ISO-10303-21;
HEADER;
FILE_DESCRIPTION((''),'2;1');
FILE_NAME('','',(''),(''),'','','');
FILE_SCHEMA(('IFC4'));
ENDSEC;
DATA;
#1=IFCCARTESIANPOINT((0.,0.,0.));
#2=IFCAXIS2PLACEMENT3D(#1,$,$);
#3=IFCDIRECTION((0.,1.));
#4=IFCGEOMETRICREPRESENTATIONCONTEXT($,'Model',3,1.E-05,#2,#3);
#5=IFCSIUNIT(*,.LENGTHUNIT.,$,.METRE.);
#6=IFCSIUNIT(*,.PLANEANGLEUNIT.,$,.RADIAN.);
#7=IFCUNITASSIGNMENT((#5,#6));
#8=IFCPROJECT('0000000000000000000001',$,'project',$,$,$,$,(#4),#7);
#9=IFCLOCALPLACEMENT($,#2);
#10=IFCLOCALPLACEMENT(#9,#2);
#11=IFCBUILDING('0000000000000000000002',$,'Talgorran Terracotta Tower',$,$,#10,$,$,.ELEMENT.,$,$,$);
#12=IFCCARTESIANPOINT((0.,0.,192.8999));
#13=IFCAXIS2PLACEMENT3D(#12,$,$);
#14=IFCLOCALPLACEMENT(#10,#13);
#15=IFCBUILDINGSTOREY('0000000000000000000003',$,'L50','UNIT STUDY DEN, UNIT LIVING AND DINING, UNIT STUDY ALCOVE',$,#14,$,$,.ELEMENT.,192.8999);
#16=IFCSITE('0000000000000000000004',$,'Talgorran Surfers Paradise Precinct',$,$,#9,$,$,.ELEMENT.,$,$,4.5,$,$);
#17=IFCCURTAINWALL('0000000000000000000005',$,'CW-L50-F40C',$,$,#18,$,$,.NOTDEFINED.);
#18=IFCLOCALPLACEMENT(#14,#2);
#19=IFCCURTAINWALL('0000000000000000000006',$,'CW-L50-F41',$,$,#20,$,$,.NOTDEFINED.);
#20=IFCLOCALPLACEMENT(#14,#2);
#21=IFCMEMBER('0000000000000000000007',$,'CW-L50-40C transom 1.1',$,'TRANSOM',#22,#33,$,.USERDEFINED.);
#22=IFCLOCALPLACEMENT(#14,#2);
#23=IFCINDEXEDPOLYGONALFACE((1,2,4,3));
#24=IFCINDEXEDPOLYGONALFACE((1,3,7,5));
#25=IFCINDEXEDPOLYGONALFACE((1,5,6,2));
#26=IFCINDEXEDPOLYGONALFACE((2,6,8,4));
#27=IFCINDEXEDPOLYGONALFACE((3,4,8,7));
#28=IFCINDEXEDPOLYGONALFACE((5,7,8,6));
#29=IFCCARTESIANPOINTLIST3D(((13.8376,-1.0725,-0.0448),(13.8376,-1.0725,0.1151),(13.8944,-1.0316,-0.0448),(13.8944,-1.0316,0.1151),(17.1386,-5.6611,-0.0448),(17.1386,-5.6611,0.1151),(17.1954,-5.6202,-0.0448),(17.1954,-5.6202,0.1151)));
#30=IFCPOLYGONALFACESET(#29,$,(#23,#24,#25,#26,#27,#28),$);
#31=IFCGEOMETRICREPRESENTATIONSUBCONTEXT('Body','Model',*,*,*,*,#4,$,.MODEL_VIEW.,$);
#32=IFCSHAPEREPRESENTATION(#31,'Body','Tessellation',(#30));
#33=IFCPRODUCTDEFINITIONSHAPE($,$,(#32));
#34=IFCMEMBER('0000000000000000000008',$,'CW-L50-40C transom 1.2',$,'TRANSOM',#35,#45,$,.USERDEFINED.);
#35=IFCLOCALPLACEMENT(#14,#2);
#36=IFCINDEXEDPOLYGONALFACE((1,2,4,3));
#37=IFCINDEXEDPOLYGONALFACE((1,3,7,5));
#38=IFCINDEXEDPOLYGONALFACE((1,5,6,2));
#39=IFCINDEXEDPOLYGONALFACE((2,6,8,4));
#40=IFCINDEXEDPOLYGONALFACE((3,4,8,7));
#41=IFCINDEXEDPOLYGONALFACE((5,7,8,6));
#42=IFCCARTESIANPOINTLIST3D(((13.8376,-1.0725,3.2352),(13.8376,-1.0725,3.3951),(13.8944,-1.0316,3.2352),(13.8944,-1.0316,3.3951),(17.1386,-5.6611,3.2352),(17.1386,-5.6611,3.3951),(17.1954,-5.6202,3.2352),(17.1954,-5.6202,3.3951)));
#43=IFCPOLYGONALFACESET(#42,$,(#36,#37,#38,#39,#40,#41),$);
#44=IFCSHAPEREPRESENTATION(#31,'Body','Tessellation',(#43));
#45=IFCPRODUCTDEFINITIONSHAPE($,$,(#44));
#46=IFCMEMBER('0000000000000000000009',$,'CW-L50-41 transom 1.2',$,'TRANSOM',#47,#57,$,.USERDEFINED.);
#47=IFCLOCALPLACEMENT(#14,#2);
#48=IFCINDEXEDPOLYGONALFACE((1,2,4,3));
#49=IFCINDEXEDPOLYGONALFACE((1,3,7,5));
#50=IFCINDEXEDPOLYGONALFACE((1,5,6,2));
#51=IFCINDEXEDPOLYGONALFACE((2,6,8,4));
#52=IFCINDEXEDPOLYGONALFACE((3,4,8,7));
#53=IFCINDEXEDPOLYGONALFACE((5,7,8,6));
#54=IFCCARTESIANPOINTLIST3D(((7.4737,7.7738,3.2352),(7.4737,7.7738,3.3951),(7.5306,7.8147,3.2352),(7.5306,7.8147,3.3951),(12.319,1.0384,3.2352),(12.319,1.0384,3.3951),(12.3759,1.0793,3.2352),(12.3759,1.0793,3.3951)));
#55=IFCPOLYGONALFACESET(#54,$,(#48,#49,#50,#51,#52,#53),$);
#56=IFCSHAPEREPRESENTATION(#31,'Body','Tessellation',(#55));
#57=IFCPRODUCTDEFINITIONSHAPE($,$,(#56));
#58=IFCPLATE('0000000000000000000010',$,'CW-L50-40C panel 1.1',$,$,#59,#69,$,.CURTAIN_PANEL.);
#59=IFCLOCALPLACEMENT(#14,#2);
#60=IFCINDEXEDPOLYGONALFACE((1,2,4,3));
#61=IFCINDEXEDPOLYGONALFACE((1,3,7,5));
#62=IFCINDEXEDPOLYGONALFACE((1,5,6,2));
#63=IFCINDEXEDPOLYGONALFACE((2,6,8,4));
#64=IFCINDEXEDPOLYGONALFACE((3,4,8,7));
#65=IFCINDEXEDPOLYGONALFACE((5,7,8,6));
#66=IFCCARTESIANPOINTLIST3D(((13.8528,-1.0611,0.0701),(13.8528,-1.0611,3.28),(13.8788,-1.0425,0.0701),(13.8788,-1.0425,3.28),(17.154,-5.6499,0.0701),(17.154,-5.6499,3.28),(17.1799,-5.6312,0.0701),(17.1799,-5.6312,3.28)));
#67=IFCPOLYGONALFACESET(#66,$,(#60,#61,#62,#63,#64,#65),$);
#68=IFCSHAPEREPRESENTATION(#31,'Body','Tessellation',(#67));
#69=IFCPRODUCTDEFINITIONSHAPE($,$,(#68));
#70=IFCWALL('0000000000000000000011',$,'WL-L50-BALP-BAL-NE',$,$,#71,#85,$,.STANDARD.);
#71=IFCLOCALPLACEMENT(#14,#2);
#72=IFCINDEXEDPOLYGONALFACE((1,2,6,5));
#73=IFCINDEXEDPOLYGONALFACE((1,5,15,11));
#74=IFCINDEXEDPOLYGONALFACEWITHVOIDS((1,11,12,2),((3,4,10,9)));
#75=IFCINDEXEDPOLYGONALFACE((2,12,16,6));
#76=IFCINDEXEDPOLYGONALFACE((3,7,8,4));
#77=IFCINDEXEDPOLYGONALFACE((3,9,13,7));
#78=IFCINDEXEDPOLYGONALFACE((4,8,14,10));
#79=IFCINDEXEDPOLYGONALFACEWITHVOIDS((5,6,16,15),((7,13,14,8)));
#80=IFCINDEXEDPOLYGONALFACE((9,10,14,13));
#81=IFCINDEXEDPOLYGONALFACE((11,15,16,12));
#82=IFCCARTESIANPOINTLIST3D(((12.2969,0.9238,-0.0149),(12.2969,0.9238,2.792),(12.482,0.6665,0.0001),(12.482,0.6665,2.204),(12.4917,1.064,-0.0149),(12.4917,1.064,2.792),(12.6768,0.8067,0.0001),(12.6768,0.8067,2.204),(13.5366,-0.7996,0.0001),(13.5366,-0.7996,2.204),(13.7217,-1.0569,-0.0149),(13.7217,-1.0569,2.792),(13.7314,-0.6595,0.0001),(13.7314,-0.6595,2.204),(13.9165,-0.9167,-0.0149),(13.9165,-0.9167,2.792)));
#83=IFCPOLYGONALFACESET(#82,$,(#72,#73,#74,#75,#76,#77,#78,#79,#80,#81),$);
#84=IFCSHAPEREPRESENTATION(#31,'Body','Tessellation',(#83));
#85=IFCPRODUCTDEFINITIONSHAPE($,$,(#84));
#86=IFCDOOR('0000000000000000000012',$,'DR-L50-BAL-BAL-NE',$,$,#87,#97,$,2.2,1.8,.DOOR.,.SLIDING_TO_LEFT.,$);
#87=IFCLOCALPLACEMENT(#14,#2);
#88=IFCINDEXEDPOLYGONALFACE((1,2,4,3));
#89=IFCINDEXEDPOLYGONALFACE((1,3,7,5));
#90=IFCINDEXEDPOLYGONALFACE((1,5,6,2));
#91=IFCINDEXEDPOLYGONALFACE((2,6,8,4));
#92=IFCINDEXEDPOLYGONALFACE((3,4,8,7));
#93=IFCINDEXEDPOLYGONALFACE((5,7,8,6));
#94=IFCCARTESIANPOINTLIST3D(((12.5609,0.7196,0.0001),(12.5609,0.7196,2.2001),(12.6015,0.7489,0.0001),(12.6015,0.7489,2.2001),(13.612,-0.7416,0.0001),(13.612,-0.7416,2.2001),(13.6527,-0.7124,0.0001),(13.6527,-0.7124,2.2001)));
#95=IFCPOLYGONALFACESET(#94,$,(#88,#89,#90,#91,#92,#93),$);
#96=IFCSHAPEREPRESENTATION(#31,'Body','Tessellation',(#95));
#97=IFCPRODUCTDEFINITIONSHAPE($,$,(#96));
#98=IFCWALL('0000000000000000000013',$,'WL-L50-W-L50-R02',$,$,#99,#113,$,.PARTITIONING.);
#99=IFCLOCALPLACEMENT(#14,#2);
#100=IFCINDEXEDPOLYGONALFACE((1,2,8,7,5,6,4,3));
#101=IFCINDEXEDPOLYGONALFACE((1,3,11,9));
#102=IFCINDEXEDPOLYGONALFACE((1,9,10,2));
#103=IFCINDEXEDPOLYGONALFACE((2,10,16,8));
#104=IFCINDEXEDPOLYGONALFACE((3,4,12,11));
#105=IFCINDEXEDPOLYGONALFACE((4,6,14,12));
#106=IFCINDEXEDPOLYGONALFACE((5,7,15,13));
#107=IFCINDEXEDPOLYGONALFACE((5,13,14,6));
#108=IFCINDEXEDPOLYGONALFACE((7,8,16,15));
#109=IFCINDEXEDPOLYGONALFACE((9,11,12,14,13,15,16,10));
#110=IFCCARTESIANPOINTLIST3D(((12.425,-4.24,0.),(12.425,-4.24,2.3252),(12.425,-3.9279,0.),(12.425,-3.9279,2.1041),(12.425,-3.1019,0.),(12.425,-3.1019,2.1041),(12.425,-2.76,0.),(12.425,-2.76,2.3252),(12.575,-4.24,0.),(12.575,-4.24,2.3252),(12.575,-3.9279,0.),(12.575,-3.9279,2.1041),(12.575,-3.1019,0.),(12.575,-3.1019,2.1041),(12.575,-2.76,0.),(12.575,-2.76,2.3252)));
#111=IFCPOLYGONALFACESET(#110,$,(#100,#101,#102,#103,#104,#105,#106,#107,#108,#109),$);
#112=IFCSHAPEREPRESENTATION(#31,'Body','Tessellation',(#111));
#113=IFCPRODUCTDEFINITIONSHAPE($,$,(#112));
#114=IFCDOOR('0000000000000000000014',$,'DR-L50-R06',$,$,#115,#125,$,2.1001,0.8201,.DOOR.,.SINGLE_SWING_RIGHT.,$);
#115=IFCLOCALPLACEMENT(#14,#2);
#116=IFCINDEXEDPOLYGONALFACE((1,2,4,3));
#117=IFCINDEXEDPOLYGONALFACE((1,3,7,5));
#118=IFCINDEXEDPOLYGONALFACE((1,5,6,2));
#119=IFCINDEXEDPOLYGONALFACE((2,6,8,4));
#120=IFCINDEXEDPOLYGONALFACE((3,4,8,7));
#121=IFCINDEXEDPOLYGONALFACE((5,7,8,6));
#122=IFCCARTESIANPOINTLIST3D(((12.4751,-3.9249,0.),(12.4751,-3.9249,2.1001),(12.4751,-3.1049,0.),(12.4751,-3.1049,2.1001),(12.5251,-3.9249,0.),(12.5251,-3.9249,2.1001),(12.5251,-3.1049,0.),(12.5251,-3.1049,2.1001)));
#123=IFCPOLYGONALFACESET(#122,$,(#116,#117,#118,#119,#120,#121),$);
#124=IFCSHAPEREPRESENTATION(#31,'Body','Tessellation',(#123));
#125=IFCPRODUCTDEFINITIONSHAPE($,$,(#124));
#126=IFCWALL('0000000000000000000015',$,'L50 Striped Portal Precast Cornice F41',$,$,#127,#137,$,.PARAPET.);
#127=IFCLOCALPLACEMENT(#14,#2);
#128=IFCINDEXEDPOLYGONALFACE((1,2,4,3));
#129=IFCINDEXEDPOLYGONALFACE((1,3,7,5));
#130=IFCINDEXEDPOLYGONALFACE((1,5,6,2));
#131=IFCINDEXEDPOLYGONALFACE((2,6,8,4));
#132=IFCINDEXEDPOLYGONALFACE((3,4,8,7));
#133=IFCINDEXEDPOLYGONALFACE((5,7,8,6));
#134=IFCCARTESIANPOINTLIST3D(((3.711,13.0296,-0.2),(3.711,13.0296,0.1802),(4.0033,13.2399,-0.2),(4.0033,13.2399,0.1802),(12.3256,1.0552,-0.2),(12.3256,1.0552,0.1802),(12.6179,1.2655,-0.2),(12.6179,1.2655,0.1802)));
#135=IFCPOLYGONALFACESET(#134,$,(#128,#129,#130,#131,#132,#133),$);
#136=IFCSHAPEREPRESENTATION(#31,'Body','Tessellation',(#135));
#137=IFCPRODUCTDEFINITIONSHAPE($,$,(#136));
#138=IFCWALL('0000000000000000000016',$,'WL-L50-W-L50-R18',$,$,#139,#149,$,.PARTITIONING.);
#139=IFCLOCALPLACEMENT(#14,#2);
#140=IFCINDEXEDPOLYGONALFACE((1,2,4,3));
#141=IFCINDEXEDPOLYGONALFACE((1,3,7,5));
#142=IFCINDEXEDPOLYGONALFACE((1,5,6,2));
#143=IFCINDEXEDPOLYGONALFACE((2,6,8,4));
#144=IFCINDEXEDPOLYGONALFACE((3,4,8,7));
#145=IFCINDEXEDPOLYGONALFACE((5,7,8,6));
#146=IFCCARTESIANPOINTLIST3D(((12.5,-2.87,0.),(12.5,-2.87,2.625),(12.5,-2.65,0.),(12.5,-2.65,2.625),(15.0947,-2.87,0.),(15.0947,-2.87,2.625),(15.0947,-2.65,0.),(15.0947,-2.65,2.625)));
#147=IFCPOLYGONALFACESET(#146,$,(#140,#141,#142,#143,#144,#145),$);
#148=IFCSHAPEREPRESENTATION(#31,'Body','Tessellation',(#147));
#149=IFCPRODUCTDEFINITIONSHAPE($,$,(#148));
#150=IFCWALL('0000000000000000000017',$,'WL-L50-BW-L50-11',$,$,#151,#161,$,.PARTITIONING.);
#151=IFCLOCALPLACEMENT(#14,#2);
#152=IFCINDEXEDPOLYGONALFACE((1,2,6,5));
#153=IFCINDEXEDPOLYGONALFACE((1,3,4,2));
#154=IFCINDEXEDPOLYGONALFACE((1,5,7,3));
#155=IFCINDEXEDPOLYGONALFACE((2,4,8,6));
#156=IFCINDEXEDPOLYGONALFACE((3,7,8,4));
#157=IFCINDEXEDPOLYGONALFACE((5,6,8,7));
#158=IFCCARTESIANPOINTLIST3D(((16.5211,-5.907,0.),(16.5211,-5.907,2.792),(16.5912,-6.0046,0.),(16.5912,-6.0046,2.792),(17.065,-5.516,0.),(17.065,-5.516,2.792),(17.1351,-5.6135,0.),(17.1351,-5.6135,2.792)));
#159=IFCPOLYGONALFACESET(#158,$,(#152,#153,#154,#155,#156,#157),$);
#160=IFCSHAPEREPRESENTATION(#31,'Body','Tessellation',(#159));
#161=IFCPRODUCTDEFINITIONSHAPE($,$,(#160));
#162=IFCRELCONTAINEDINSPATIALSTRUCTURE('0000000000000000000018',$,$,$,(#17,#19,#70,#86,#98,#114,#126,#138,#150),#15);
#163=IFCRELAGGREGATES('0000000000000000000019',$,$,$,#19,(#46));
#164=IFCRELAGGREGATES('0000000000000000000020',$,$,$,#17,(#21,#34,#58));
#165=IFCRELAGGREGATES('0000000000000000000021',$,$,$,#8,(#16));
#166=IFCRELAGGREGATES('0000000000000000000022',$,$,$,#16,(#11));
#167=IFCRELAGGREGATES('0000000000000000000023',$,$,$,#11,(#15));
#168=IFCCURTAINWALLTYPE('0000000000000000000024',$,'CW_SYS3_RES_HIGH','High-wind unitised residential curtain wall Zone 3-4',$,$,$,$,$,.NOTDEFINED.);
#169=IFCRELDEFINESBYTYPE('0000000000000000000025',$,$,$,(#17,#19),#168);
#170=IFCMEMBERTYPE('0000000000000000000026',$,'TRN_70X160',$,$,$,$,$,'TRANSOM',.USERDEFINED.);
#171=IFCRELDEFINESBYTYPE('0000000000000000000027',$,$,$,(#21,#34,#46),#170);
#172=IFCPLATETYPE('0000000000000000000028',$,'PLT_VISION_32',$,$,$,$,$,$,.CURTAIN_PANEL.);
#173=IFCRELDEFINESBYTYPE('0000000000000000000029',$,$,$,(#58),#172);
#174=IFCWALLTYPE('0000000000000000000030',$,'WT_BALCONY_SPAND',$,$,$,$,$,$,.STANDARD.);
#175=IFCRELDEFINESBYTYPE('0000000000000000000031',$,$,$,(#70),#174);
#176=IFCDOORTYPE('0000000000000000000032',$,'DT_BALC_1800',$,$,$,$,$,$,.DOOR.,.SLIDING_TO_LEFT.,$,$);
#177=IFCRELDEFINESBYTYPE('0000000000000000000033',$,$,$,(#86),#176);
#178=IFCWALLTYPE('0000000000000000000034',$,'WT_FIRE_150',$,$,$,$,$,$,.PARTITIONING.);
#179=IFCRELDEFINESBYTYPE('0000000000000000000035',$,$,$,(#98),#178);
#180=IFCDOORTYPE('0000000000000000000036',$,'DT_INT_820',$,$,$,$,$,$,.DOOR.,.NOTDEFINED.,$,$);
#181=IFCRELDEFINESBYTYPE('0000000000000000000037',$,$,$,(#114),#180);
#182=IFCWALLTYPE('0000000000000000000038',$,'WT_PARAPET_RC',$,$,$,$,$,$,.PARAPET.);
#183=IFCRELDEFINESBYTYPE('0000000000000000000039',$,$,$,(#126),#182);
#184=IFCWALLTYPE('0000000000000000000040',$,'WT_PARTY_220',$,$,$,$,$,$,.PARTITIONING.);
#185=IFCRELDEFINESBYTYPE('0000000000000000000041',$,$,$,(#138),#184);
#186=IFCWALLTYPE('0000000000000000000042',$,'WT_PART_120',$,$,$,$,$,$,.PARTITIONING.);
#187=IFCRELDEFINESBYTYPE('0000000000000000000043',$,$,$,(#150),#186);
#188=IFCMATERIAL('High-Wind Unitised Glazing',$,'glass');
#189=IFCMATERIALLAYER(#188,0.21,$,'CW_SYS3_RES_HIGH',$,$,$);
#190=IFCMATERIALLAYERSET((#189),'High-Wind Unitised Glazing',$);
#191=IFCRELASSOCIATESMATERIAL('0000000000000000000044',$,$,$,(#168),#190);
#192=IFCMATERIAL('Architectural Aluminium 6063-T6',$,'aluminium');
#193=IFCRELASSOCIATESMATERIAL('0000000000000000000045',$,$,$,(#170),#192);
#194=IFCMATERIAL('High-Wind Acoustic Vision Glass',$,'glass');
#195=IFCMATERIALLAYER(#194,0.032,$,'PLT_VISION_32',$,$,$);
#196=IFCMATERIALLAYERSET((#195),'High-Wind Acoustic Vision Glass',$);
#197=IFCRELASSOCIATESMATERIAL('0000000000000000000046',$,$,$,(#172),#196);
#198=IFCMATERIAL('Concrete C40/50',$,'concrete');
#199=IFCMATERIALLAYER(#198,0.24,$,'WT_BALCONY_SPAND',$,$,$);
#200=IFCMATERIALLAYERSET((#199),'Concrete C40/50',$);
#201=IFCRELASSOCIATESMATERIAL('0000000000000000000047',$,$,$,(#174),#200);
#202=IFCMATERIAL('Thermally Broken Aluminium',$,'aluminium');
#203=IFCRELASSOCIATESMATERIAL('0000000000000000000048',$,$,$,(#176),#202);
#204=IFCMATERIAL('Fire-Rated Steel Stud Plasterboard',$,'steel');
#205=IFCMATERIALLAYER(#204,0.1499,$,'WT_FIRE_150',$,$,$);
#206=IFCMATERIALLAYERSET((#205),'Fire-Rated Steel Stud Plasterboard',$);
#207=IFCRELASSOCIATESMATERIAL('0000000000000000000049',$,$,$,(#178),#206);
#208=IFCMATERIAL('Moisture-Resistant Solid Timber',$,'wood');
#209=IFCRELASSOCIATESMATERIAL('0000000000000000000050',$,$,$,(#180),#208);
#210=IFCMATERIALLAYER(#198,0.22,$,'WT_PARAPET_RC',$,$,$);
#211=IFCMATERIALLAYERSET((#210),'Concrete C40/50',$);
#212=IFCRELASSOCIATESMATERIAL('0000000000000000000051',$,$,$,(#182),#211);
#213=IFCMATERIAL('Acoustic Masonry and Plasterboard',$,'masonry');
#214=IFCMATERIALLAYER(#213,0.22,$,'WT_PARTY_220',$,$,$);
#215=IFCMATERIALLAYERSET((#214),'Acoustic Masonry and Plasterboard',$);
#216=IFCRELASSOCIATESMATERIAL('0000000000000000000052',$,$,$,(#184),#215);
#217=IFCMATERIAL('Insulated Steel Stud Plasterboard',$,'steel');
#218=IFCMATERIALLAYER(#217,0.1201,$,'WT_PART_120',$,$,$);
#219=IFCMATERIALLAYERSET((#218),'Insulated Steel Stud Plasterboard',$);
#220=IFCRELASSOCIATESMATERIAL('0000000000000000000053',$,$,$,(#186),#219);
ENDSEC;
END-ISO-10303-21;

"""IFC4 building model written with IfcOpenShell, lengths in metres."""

from ifc_helpers import new_model, si_unit, direction, frame, frame_2d, origin, origin_2d, place, context, subcontext, project, spatial, rectangle, extrude, source, transform, mapped, material, layer, layer_set, material_profile, profile_set, type_object, type_shapes, element, fill, aggregate, save


model = new_model("IFC4")

# Units and contexts
model_context = context("Model", 3, precision=1e-05, world=origin(), true_north=direction((0.0, 1.0)))
body_context = subcontext(model_context, "Body", "Model", "MODEL_VIEW")
ifc_project = project(units=[si_unit("LENGTHUNIT", "METRE"), si_unit("PLANEANGLEUNIT", "RADIAN")], contexts=[model_context])

# Site, building, storey
site_placement = place(None, origin())
site = spatial("IfcSite", under=ifc_project, at=site_placement, Name="Talgorran Surfers Paradise Precinct", CompositionType="ELEMENT", RefElevation=4.5)
building_placement = place(site_placement, origin())
building = spatial("IfcBuilding", under=site, at=building_placement, Name="Talgorran Terracotta Tower", CompositionType="ELEMENT")
storey_placement = place(building_placement, frame((0.0, 0.0, 192.8999)))
storey = spatial("IfcBuildingStorey", under=building, at=storey_placement, Name="L50", Description="UNIT STUDY DEN, UNIT LIVING AND DINING, UNIT STUDY ALCOVE", CompositionType="ELEMENT", Elevation=192.8999)

# Shared definitions
ifc_material_1 = material(Name="High-Wind Unitised Glazing", Category="glass")
ifc_layer_1 = layer(ifc_material_1, 0.21, Name="CW_SYS3_RES_HIGH")
ifc_layer_set_1 = layer_set([ifc_layer_1], Name="High-Wind Unitised Glazing")
curtain_wall_type = type_object("IfcCurtainWallType", Name="CW_SYS3_RES_HIGH", Description="High-wind unitised residential curtain wall Zone 3-4", PredefinedType="NOTDEFINED", material=ifc_layer_set_1)
ifc_material_2 = material(Name="Architectural Aluminium 6063-T6", Category="aluminium")

# Curtain wall
curtain_wall_1_placement = place(storey_placement, origin())
curtain_wall_1 = element("IfcCurtainWall", 1, at=curtain_wall_1_placement, inside=storey, type_object=curtain_wall_type, Name="CW-L50-F40C", PredefinedType="NOTDEFINED")

# Curtain wall
curtain_wall_2_placement = place(storey_placement, origin())
curtain_wall_2 = element("IfcCurtainWall", 2, at=curtain_wall_2_placement, inside=storey, type_object=curtain_wall_type, Name="CW-L50-F41", PredefinedType="NOTDEFINED")

# Members
ifc_material_profile_1 = material_profile(ifc_material_2, rectangle(XDim=0.0701, YDim=0.1599, at=origin_2d()), Name="CWT70X160")
ifc_profile_set_1 = profile_set([ifc_material_profile_1], Name="Architectural Aluminium 6063-T6")
member_type_1 = type_object("IfcMemberType", Name="TRN_70X160", ElementType="TRANSOM", PredefinedType="USERDEFINED", material=ifc_profile_set_1)
member_1_placement = place(storey_placement, frame((17.167, -5.6406, 0.0352), z_axis=(-0.58398, 0.811768, 0.0), x_axis=(-0.811768, -0.58398, 0.0)))
member_1 = element("IfcMember", 3, at=member_1_placement, type_object=member_type_1, Name="CW-L50-40C transom 1.1", ObjectType="TRANSOM", PredefinedType="USERDEFINED", context=body_context, shape_type="SweptSolid", body=[
    extrude(rectangle(XDim=0.0701, YDim=0.1599, at=origin_2d()), origin(), (0.0, 0.0, 1.0), 5.6526),
])
member_2_placement = place(storey_placement, frame((17.167, -5.6406, 3.3152), z_axis=(-0.58398, 0.811768, 0.0), x_axis=(-0.811768, -0.58398, 0.0)))
member_2 = element("IfcMember", 4, at=member_2_placement, type_object=member_type_1, Name="CW-L50-40C transom 1.2", ObjectType="TRANSOM", PredefinedType="USERDEFINED", context=body_context, shape_type="SweptSolid", body=[
    extrude(rectangle(XDim=0.0701, YDim=0.1599, at=origin_2d()), origin(), (0.0, 0.0, 1.0), 5.6526),
])
member_3_placement = place(storey_placement, frame((12.3474, 1.0588, 3.3152), z_axis=(-0.583968, 0.811776, 0.0), x_axis=(-0.811776, -0.583968, 0.0)))
member_3 = element("IfcMember", 5, at=member_3_placement, type_object=member_type_1, Name="CW-L50-41 transom 1.2", ObjectType="TRANSOM", PredefinedType="USERDEFINED", context=body_context, shape_type="SweptSolid", body=[
    extrude(rectangle(XDim=0.0701, YDim=0.1599, at=origin_2d()), origin(), (0.0, 0.0, 1.0), 8.2971),
])
aggregate(curtain_wall_2, [member_3])

# Plate
ifc_material_3 = material(Name="High-Wind Acoustic Vision Glass", Category="glass")
ifc_layer_2 = layer(ifc_material_3, 0.032, Name="PLT_VISION_32")
ifc_layer_set_2 = layer_set([ifc_layer_2], Name="High-Wind Acoustic Vision Glass")
plate_type = type_object("IfcPlateType", Name="PLT_VISION_32", PredefinedType="CURTAIN_PANEL", material=ifc_layer_set_2)
shared_shape_1 = source(origin(), body_context, "Body", "SweptSolid", [
    extrude(rectangle(XDim=5.6528, YDim=0.032, at=origin_2d()), origin(), (0.0, 0.0, 1.0), 3.21),
])
type_shapes(plate_type, [shared_shape_1])
plate_placement = place(storey_placement, frame((15.5164, -3.3462, 0.0701), z_axis=(0.0, 0.0, 1.0), x_axis=(-0.583983, 0.811766, 0.0)))
plate = element("IfcPlate", 6, at=plate_placement, type_object=plate_type, Name="CW-L50-40C panel 1.1", PredefinedType="CURTAIN_PANEL", context=body_context, shape_type="MappedRepresentation", body=[
    mapped(shared_shape_1, transform((0.0, 0.0, 0.0), scale=1.0)),
])
aggregate(curtain_wall_1, [member_1, member_2, plate])

# Walls, openings, doors
ifc_material_4 = material(Name="Concrete C40/50", Category="concrete")
ifc_layer_3 = layer(ifc_material_4, 0.24, Name="WT_BALCONY_SPAND")
ifc_layer_set_3 = layer_set([ifc_layer_3], Name="Concrete C40/50")
wall_type_1 = type_object("IfcWallType", Name="WT_BALCONY_SPAND", PredefinedType="STANDARD", material=ifc_layer_set_3)
wall_1_placement = place(storey_placement, frame((13.8191, -0.9868, -0.0149), z_axis=(0.0, 0.0, 1.0), x_axis=(-0.583951, 0.811789, 0.0)))
wall_1 = element("IfcWall", 7, at=wall_1_placement, inside=storey, type_object=wall_type_1, Name="WL-L50-BALP-BAL-NE", PredefinedType="STANDARD", context=body_context, shape_type="SweptSolid", body=[
    extrude(rectangle(XDim=2.4399, YDim=0.24, at=frame_2d((1.22, 0.0))), origin(), (0.0, 0.0, 1.0), 2.8069),
])
opening_1_placement = place(wall_1_placement, frame((0.3201, 0.0, 0.0149)))
opening_1 = element("IfcOpeningElement", 8, at=opening_1_placement, cuts=wall_1, PredefinedType="OPENING", context=body_context, shape_type="SweptSolid", body=[
    extrude(rectangle(XDim=1.806, YDim=2.204, at=frame_2d((0.8999, 1.1021))), frame((0.0, 0.1299, 0.0), z_axis=(0.0, -1.0, 0.0), x_axis=(1.0, 0.0, 0.0)), (0.0, 0.0, 1.0), 0.26),
])
ifc_material_5 = material(Name="Thermally Broken Aluminium", Category="aluminium")
door_type_1 = type_object("IfcDoorType", Name="DT_BALC_1800", OperationType="SLIDING_TO_LEFT", PredefinedType="DOOR", material=ifc_material_5)
door_1_placement = place(opening_1_placement, origin())
door_1 = element("IfcDoor", 9, at=door_1_placement, inside=storey, type_object=door_type_1, Name="DR-L50-BAL-BAL-NE", OperationType="SLIDING_TO_LEFT", OverallHeight=2.2, OverallWidth=1.8, PredefinedType="DOOR", context=body_context, shape_type="SweptSolid", body=[
    extrude(rectangle(XDim=1.8, YDim=2.2, at=frame_2d((0.8999, 1.1001))), frame((0.0, 0.0249, 0.0), z_axis=(0.0, -1.0, 0.0), x_axis=(1.0, 0.0, 0.0)), (0.0, 0.0, 1.0), 0.05),
])
fill(opening_1, door_1)
ifc_material_6 = material(Name="Fire-Rated Steel Stud Plasterboard", Category="steel")
ifc_layer_4 = layer(ifc_material_6, 0.1499, Name="WT_FIRE_150")
ifc_layer_set_4 = layer_set([ifc_layer_4], Name="Fire-Rated Steel Stud Plasterboard")
wall_type_2 = type_object("IfcWallType", Name="WT_FIRE_150", PredefinedType="PARTITIONING", material=ifc_layer_set_4)
wall_2_placement = place(storey_placement, frame((12.5, -4.24, 0.0), z_axis=(0.0, 0.0, 1.0), x_axis=(0.0, 1.0, 0.0)))
wall_2 = element("IfcWall", 10, at=wall_2_placement, inside=storey, type_object=wall_type_2, Name="WL-L50-W-L50-R02", PredefinedType="PARTITIONING", context=body_context, shape_type="SweptSolid", body=[
    extrude(rectangle(XDim=1.48, YDim=0.1499, at=frame_2d((0.74, 0.0))), origin(), (0.0, 0.0, 1.0), 2.3252),
])
opening_2_placement = place(wall_2_placement, frame((0.3149, 0.0, 0.0)))
opening_2 = element("IfcOpeningElement", 11, at=opening_2_placement, cuts=wall_2, PredefinedType="OPENING", context=body_context, shape_type="SweptSolid", body=[
    extrude(rectangle(XDim=0.8261, YDim=2.1041, at=frame_2d((0.4102, 1.052))), frame((0.0, 0.085, 0.0), z_axis=(0.0, -1.0, 0.0), x_axis=(1.0, 0.0, 0.0)), (0.0, 0.0, 1.0), 0.1699),
])
ifc_material_7 = material(Name="Moisture-Resistant Solid Timber", Category="wood")
door_type_2 = type_object("IfcDoorType", Name="DT_INT_820", OperationType="NOTDEFINED", PredefinedType="DOOR", material=ifc_material_7)
door_2_placement = place(opening_2_placement, origin())
door_2 = element("IfcDoor", 12, at=door_2_placement, inside=storey, type_object=door_type_2, Name="DR-L50-R06", OperationType="SINGLE_SWING_RIGHT", OverallHeight=2.1001, OverallWidth=0.8201, PredefinedType="DOOR", context=body_context, shape_type="SweptSolid", body=[
    extrude(rectangle(XDim=0.8201, YDim=2.1001, at=frame_2d((0.4102, 1.05))), frame((0.0, 0.0249, 0.0), z_axis=(0.0, -1.0, 0.0), x_axis=(1.0, 0.0, 0.0)), (0.0, 0.0, 1.0), 0.05),
])
fill(opening_2, door_2)

# Walls
ifc_layer_5 = layer(ifc_material_4, 0.22, Name="WT_PARAPET_RC")
ifc_layer_set_5 = layer_set([ifc_layer_5], Name="Concrete C40/50")
wall_type_3 = type_object("IfcWallType", Name="WT_PARAPET_RC", PredefinedType="PARAPET", material=ifc_layer_set_5)
wall_3_placement = place(storey_placement, frame((12.4717, 1.1604, -0.2), z_axis=(0.0, 0.0, 1.0), x_axis=(-0.58399, 0.811761, 0.0)))
element("IfcWall", 13, at=wall_3_placement, inside=storey, type_object=wall_type_3, Name="L50 Striped Portal Precast Cornice F41", PredefinedType="PARAPET", context=body_context, shape_type="SweptSolid", body=[
    extrude(rectangle(XDim=14.7512, YDim=0.3601, at=frame_2d((7.3755, 0.0))), origin(), (0.0, 0.0, 1.0), 0.3801),
])
ifc_material_8 = material(Name="Acoustic Masonry and Plasterboard", Category="masonry")
ifc_layer_6 = layer(ifc_material_8, 0.22, Name="WT_PARTY_220")
ifc_layer_set_6 = layer_set([ifc_layer_6], Name="Acoustic Masonry and Plasterboard")
wall_type_4 = type_object("IfcWallType", Name="WT_PARTY_220", PredefinedType="PARTITIONING", material=ifc_layer_set_6)
wall_4_placement = place(storey_placement, frame((12.5, -2.76, 0.0), z_axis=(0.0, 0.0, 1.0), x_axis=(1.0, 0.0, 0.0)))
element("IfcWall", 14, at=wall_4_placement, inside=storey, type_object=wall_type_4, Name="WL-L50-W-L50-R18", PredefinedType="PARTITIONING", context=body_context, shape_type="SweptSolid", body=[
    extrude(rectangle(XDim=2.5947, YDim=0.22, at=frame_2d((1.2974, 0.0))), origin(), (0.0, 0.0, 1.0), 2.625),
])
ifc_material_9 = material(Name="Insulated Steel Stud Plasterboard", Category="steel")
ifc_layer_7 = layer(ifc_material_9, 0.1201, Name="WT_PART_120")
ifc_layer_set_7 = layer_set([ifc_layer_7], Name="Insulated Steel Stud Plasterboard")
wall_type_5 = type_object("IfcWallType", Name="WT_PART_120", PredefinedType="PARTITIONING", material=ifc_layer_set_7)
wall_5_placement = place(storey_placement, frame((16.5562, -5.9558, 0.0), z_axis=(0.0, 0.0, 1.0), x_axis=(0.811907, 0.583786, 0.0)))
element("IfcWall", 15, at=wall_5_placement, inside=storey, type_object=wall_type_5, Name="WL-L50-BW-L50-11", PredefinedType="PARTITIONING", context=body_context, shape_type="SweptSolid", body=[
    extrude(rectangle(XDim=0.6699, YDim=0.1201, at=frame_2d((0.335, 0.0))), origin(), (0.0, 0.0, 1.0), 2.792),
])

save(model, "model.ifc")
